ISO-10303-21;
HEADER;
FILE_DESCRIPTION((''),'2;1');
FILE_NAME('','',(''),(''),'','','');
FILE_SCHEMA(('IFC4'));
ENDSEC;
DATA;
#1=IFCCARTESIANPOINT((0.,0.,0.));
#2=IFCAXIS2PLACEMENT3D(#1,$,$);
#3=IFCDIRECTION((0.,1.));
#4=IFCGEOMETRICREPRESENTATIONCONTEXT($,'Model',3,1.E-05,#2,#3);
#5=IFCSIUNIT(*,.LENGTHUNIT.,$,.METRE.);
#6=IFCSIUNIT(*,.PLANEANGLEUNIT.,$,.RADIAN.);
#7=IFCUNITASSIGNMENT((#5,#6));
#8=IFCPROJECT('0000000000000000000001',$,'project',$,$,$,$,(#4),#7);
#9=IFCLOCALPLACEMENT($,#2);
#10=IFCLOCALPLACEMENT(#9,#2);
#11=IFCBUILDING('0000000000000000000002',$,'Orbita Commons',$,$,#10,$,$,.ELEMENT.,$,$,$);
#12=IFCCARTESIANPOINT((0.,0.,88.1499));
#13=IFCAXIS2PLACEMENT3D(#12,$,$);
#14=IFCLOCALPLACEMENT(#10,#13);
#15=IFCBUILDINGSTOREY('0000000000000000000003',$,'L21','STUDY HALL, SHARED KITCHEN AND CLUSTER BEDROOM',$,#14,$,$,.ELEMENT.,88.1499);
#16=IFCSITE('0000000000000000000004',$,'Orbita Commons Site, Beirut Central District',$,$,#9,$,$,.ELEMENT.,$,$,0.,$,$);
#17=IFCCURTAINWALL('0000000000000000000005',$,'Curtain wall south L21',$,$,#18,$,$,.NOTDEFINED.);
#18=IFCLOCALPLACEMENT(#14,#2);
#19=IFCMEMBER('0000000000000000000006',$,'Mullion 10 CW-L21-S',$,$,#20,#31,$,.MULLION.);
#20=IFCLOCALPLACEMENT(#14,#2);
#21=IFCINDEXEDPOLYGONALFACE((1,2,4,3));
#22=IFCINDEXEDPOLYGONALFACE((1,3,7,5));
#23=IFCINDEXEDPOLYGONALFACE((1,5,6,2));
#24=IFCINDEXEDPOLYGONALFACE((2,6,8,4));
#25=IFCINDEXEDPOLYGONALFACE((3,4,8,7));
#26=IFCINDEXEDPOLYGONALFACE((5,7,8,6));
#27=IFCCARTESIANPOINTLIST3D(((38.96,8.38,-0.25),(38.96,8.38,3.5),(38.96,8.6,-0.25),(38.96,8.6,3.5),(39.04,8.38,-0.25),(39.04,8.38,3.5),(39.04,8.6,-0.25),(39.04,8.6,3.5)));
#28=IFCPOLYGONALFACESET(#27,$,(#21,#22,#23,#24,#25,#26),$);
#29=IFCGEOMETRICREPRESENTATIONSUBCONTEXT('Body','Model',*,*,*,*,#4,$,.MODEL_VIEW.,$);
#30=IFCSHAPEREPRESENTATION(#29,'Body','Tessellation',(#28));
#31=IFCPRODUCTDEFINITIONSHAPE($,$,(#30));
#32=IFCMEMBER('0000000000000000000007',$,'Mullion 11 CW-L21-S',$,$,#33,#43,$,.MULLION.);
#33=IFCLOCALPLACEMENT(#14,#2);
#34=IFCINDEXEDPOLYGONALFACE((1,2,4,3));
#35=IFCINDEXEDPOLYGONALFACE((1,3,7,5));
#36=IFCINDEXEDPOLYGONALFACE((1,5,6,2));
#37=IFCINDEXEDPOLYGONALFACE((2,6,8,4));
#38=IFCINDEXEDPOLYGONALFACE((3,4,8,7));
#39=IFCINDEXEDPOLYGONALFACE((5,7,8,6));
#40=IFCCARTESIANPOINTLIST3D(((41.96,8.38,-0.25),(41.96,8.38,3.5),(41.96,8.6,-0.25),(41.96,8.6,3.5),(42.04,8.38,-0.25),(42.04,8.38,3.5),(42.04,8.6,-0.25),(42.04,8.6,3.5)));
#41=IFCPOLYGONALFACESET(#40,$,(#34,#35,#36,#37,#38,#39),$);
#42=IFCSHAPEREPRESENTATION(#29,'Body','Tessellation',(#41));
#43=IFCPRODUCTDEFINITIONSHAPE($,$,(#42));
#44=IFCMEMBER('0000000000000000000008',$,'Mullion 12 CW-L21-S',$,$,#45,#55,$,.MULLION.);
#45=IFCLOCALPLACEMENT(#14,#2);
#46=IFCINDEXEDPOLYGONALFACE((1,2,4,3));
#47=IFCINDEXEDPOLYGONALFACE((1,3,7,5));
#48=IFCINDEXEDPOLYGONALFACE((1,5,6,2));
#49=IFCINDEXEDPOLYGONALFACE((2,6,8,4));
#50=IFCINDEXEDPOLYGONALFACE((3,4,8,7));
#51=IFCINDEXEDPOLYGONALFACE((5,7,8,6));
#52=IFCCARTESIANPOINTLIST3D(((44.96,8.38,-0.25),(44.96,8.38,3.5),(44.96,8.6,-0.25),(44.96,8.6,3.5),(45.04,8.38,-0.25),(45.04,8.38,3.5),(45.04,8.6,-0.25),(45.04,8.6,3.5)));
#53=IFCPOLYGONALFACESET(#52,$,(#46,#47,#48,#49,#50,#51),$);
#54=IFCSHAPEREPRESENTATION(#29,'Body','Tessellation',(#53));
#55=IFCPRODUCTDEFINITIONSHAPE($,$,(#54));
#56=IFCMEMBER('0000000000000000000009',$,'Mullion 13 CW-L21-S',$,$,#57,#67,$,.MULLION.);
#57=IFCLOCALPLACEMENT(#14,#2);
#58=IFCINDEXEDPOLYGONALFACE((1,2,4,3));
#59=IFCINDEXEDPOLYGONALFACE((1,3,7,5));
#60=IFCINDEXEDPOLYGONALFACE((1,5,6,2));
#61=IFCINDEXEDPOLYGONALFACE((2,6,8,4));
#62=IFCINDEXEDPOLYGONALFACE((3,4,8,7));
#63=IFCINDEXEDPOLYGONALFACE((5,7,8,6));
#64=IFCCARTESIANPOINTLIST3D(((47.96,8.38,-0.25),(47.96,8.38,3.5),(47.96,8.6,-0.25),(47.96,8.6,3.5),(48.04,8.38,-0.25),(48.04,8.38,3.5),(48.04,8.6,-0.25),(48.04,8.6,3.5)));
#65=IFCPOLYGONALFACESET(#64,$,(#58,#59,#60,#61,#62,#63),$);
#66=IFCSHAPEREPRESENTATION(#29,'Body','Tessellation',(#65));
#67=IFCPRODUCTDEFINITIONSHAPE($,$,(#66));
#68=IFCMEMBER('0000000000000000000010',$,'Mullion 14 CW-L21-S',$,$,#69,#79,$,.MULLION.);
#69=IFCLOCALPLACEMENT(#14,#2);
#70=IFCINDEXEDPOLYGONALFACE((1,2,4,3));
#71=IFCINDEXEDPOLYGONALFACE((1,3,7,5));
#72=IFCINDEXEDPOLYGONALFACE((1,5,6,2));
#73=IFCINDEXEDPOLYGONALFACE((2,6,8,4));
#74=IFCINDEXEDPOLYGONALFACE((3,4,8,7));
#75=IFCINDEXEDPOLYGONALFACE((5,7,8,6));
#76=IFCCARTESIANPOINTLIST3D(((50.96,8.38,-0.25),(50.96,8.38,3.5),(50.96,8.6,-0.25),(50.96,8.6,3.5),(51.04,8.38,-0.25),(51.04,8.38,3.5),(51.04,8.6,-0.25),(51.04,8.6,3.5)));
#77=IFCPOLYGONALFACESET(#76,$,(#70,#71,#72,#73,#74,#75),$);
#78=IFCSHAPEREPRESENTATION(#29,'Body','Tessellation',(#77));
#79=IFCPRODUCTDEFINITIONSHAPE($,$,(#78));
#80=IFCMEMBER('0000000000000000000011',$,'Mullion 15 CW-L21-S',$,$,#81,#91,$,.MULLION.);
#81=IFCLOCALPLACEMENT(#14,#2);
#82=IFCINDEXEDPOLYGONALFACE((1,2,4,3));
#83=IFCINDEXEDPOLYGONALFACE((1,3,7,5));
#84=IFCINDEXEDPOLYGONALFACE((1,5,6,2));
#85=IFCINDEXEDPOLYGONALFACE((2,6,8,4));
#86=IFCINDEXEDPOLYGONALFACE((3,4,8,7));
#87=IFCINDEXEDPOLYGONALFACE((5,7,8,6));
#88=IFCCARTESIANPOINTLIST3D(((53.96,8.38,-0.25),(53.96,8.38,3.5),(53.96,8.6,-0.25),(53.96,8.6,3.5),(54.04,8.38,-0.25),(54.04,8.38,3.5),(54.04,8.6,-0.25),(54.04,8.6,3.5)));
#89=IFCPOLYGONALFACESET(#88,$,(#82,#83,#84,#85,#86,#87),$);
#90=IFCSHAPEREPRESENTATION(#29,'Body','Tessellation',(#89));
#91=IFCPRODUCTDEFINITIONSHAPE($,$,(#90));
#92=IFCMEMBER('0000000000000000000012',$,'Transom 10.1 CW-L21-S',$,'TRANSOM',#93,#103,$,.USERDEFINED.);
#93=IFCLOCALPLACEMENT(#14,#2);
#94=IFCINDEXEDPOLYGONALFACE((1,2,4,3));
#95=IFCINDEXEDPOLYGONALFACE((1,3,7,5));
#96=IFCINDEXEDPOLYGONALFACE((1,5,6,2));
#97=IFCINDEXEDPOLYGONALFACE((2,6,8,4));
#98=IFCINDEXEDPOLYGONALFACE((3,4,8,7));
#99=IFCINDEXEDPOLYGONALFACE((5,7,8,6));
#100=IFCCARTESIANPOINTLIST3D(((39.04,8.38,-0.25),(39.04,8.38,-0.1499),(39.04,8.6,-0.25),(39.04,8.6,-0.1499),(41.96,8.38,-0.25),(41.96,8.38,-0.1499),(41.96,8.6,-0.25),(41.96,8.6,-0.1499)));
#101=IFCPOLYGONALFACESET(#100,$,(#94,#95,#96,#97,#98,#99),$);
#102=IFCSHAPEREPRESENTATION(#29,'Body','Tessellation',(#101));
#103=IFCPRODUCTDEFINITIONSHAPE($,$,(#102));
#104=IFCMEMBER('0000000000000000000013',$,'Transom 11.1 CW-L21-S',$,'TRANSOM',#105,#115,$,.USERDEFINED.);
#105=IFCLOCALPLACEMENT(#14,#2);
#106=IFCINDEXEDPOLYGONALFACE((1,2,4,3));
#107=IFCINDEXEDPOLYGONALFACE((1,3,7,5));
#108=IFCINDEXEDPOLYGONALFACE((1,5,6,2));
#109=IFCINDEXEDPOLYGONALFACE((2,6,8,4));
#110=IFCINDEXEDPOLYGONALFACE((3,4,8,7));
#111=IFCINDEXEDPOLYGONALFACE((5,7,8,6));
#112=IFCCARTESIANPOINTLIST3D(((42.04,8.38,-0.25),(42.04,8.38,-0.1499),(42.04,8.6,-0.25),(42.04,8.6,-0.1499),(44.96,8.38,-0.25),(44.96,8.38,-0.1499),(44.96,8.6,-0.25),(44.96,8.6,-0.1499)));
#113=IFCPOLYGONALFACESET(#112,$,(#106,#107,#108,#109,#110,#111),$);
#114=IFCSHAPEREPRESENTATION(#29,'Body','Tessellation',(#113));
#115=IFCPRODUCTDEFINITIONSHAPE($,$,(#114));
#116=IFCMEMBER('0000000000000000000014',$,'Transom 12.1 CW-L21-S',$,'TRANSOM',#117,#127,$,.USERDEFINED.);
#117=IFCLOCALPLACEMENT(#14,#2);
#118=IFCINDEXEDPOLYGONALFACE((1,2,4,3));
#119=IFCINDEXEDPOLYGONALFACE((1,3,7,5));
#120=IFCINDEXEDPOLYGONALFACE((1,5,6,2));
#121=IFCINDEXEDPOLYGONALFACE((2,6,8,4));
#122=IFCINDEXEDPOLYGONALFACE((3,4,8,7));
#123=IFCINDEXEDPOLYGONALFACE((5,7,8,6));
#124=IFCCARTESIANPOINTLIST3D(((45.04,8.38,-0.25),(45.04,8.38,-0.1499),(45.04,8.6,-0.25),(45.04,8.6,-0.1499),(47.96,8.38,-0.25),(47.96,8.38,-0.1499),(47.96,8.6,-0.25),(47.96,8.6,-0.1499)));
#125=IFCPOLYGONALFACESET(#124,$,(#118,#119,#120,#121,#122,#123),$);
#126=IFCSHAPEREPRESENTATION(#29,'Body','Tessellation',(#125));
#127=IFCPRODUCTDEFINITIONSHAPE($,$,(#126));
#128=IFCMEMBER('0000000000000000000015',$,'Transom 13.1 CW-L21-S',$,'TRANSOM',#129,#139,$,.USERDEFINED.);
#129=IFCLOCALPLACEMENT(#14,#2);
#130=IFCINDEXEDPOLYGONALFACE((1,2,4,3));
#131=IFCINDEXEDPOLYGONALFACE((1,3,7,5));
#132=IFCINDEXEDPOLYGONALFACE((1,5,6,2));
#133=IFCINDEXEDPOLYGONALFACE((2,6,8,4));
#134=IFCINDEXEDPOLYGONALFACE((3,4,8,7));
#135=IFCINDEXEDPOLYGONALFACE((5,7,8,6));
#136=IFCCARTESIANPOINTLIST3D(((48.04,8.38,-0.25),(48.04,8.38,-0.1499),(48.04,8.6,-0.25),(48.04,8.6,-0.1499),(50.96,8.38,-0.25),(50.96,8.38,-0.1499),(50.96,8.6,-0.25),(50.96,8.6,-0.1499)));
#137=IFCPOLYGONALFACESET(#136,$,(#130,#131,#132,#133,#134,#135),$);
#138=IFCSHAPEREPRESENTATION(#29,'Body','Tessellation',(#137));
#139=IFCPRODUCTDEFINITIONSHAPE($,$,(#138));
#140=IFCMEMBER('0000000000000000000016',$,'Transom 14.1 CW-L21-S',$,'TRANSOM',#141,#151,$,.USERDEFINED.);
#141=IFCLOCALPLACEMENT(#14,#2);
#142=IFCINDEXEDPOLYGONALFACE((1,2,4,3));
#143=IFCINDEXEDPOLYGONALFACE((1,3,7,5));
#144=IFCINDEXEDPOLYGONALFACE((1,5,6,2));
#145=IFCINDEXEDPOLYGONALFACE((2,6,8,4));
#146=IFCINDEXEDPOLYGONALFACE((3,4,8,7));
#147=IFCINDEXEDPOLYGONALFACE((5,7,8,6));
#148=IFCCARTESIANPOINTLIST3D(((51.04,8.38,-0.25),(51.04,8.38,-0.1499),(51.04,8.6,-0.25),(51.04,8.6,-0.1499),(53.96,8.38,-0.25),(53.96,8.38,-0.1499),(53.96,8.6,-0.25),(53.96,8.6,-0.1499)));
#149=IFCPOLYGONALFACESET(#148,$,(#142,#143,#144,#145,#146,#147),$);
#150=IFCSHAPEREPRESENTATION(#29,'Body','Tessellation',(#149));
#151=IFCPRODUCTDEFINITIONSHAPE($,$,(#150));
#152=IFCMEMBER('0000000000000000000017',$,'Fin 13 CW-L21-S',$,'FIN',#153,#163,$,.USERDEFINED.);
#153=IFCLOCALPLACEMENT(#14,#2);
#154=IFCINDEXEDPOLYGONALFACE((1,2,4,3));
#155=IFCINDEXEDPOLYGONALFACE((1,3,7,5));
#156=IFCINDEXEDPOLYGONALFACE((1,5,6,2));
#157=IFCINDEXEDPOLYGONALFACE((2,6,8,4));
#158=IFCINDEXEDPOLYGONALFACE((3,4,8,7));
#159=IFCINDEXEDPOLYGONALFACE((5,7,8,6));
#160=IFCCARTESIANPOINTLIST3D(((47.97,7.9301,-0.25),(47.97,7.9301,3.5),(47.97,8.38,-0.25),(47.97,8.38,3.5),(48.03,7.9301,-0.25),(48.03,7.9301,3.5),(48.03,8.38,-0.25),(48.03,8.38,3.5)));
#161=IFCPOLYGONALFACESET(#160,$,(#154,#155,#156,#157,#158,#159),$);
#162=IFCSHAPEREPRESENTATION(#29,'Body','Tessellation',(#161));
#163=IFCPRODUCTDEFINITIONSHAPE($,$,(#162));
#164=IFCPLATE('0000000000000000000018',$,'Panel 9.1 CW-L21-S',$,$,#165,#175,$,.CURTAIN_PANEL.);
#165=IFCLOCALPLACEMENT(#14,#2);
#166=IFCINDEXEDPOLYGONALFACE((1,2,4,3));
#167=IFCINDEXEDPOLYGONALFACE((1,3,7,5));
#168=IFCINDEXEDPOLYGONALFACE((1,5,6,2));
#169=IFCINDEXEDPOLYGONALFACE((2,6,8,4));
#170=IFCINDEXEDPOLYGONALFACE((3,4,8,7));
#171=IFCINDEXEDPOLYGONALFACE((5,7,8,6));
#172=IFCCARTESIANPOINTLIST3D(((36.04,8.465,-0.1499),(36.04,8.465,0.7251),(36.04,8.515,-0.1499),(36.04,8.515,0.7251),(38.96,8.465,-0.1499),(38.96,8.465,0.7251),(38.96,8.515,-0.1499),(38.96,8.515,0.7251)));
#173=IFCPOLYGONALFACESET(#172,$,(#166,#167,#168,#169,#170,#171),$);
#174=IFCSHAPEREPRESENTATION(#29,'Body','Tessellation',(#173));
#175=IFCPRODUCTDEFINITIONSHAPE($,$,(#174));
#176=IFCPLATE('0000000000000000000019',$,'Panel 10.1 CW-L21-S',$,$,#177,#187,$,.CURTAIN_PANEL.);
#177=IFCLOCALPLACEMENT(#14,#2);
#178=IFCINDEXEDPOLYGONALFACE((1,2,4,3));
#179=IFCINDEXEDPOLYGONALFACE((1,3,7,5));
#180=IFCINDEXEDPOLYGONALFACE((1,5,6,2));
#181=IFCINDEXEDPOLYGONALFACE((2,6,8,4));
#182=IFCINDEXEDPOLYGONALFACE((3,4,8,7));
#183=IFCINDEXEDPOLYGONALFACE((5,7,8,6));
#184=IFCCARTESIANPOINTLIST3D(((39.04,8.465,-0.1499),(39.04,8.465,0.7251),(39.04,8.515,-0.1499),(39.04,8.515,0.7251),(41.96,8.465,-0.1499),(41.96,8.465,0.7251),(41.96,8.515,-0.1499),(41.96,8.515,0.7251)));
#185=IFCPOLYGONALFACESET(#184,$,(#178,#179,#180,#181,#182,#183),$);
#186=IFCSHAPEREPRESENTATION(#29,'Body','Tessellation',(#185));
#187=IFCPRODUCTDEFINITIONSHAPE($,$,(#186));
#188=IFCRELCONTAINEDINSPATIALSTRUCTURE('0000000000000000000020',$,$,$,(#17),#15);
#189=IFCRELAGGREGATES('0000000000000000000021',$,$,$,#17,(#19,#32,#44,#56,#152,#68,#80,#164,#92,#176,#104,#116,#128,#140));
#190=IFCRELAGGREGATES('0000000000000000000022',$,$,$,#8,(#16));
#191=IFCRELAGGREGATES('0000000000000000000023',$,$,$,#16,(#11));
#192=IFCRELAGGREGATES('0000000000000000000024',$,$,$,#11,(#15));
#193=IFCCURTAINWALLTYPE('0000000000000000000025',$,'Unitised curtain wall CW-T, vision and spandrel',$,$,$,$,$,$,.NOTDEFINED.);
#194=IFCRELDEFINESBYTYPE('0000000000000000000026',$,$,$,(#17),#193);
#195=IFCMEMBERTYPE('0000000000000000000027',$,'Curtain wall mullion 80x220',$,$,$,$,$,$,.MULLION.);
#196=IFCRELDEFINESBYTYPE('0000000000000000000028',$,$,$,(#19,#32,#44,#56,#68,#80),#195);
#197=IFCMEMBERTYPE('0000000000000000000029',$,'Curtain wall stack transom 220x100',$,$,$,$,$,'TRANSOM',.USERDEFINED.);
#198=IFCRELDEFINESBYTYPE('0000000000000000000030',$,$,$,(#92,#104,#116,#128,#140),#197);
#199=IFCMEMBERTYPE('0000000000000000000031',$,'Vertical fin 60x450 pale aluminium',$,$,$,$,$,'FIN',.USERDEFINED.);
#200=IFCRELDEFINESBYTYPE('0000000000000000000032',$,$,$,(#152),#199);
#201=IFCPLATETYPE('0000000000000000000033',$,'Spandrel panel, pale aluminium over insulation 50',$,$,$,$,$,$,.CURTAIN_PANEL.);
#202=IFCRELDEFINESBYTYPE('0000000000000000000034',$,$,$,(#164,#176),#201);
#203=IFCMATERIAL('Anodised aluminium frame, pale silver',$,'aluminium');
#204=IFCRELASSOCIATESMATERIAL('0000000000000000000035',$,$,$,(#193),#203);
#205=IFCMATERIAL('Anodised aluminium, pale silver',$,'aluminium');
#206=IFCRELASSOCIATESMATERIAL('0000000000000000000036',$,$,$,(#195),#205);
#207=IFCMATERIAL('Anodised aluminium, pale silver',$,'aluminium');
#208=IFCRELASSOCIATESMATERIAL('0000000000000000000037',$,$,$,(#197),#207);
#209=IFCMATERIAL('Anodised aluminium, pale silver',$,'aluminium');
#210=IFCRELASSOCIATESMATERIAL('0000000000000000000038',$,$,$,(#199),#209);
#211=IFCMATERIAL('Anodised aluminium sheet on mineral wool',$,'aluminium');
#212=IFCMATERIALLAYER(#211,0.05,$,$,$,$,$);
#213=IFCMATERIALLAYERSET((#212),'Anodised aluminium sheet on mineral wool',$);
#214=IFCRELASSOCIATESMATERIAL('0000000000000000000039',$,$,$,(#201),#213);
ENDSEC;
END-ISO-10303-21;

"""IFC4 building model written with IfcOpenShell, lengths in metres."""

from ifc_helpers import new_model, si_unit, direction, frame, origin, origin_2d, place, context, subcontext, project, spatial, rectangle, extrude, material, layer, layer_set, material_profile, profile_set, type_object, element, aggregate, save


model = new_model("IFC4")

# Units and contexts
model_context = context("Model", 3, precision=1e-05, world=origin(), true_north=direction((0.0, 1.0)))
body_context = subcontext(model_context, "Body", "Model", "MODEL_VIEW")
ifc_project = project(units=[si_unit("LENGTHUNIT", "METRE"), si_unit("PLANEANGLEUNIT", "RADIAN")], contexts=[model_context])

# Site, building, storey
site_placement = place(None, origin())
site = spatial("IfcSite", under=ifc_project, at=site_placement, Name="Orbita Commons Site, Beirut Central District", CompositionType="ELEMENT", RefElevation=0.0)
building_placement = place(site_placement, origin())
building = spatial("IfcBuilding", under=site, at=building_placement, Name="Orbita Commons", CompositionType="ELEMENT")
storey_placement = place(building_placement, frame((0.0, 0.0, 88.1499)))
storey = spatial("IfcBuildingStorey", under=building, at=storey_placement, Name="L21", Description="STUDY HALL, SHARED KITCHEN AND CLUSTER BEDROOM", CompositionType="ELEMENT", Elevation=88.1499)

# Curtain wall, members, plates
ifc_material_1 = material(Name="Anodised aluminium frame, pale silver", Category="aluminium")
curtain_wall_type = type_object("IfcCurtainWallType", Name="Unitised curtain wall CW-T, vision and spandrel", PredefinedType="NOTDEFINED", material=ifc_material_1)
curtain_wall_placement = place(storey_placement, origin())
curtain_wall = element("IfcCurtainWall", 1, at=curtain_wall_placement, inside=storey, type_object=curtain_wall_type, Name="Curtain wall south L21", PredefinedType="NOTDEFINED")
ifc_material_2 = material(Name="Anodised aluminium, pale silver", Category="aluminium")
ifc_material_profile_1 = material_profile(ifc_material_2, rectangle(XDim=0.0801, YDim=0.22, at=origin_2d()), Name="AL 80x220")
ifc_profile_set_1 = profile_set([ifc_material_profile_1], Name="Anodised aluminium, pale silver")
member_type_1 = type_object("IfcMemberType", Name="Curtain wall mullion 80x220", PredefinedType="MULLION", material=ifc_profile_set_1)
member_1_placement = place(storey_placement, frame((39.0, 8.49, -0.25), z_axis=(0.0, 0.0, 1.0), x_axis=(1.0, 0.0, 0.0)))
member_1 = element("IfcMember", 2, at=member_1_placement, type_object=member_type_1, Name="Mullion 10 CW-L21-S", PredefinedType="MULLION", context=body_context, shape_type="SweptSolid", body=[
    extrude(rectangle(XDim=0.0801, YDim=0.22, at=origin_2d()), origin(), (0.0, 0.0, 1.0), 3.75),
])
member_2_placement = place(storey_placement, frame((42.0, 8.49, -0.25), z_axis=(0.0, 0.0, 1.0), x_axis=(1.0, 0.0, 0.0)))
member_2 = element("IfcMember", 3, at=member_2_placement, type_object=member_type_1, Name="Mullion 11 CW-L21-S", PredefinedType="MULLION", context=body_context, shape_type="SweptSolid", body=[
    extrude(rectangle(XDim=0.0801, YDim=0.22, at=origin_2d()), origin(), (0.0, 0.0, 1.0), 3.75),
])
member_3_placement = place(storey_placement, frame((45.0, 8.49, -0.25), z_axis=(0.0, 0.0, 1.0), x_axis=(1.0, 0.0, 0.0)))
member_3 = element("IfcMember", 4, at=member_3_placement, type_object=member_type_1, Name="Mullion 12 CW-L21-S", PredefinedType="MULLION", context=body_context, shape_type="SweptSolid", body=[
    extrude(rectangle(XDim=0.0801, YDim=0.22, at=origin_2d()), origin(), (0.0, 0.0, 1.0), 3.75),
])
member_4_placement = place(storey_placement, frame((48.0, 8.49, -0.25), z_axis=(0.0, 0.0, 1.0), x_axis=(1.0, 0.0, 0.0)))
member_4 = element("IfcMember", 5, at=member_4_placement, type_object=member_type_1, Name="Mullion 13 CW-L21-S", PredefinedType="MULLION", context=body_context, shape_type="SweptSolid", body=[
    extrude(rectangle(XDim=0.0801, YDim=0.22, at=origin_2d()), origin(), (0.0, 0.0, 1.0), 3.75),
])
member_5_placement = place(storey_placement, frame((51.0, 8.49, -0.25), z_axis=(0.0, 0.0, 1.0), x_axis=(1.0, 0.0, 0.0)))
member_5 = element("IfcMember", 6, at=member_5_placement, type_object=member_type_1, Name="Mullion 14 CW-L21-S", PredefinedType="MULLION", context=body_context, shape_type="SweptSolid", body=[
    extrude(rectangle(XDim=0.0801, YDim=0.22, at=origin_2d()), origin(), (0.0, 0.0, 1.0), 3.75),
])
member_6_placement = place(storey_placement, frame((54.0, 8.49, -0.25), z_axis=(0.0, 0.0, 1.0), x_axis=(1.0, 0.0, 0.0)))
member_6 = element("IfcMember", 7, at=member_6_placement, type_object=member_type_1, Name="Mullion 15 CW-L21-S", PredefinedType="MULLION", context=body_context, shape_type="SweptSolid", body=[
    extrude(rectangle(XDim=0.0801, YDim=0.22, at=origin_2d()), origin(), (0.0, 0.0, 1.0), 3.75),
])
ifc_material_3 = material(Name="Anodised aluminium, pale silver", Category="aluminium")
ifc_material_profile_2 = material_profile(ifc_material_3, rectangle(XDim=0.22, YDim=0.1001, at=origin_2d()), Name="AL 220x100")
ifc_profile_set_2 = profile_set([ifc_material_profile_2], Name="Anodised aluminium, pale silver")
member_type_2 = type_object("IfcMemberType", Name="Curtain wall stack transom 220x100", ElementType="TRANSOM", PredefinedType="USERDEFINED", material=ifc_profile_set_2)
member_7_placement = place(storey_placement, frame((39.04, 8.49, -0.2), z_axis=(1.0, 0.0, 0.0), x_axis=(0.0, 1.0, 0.0)))
member_7 = element("IfcMember", 8, at=member_7_placement, type_object=member_type_2, Name="Transom 10.1 CW-L21-S", ObjectType="TRANSOM", PredefinedType="USERDEFINED", context=body_context, shape_type="SweptSolid", body=[
    extrude(rectangle(XDim=0.22, YDim=0.1001, at=origin_2d()), origin(), (0.0, 0.0, 1.0), 2.9199),
])
member_8_placement = place(storey_placement, frame((42.04, 8.49, -0.2), z_axis=(1.0, 0.0, 0.0), x_axis=(0.0, 1.0, 0.0)))
member_8 = element("IfcMember", 9, at=member_8_placement, type_object=member_type_2, Name="Transom 11.1 CW-L21-S", ObjectType="TRANSOM", PredefinedType="USERDEFINED", context=body_context, shape_type="SweptSolid", body=[
    extrude(rectangle(XDim=0.22, YDim=0.1001, at=origin_2d()), origin(), (0.0, 0.0, 1.0), 2.9199),
])
member_9_placement = place(storey_placement, frame((45.04, 8.49, -0.2), z_axis=(1.0, 0.0, 0.0), x_axis=(0.0, 1.0, 0.0)))
member_9 = element("IfcMember", 10, at=member_9_placement, type_object=member_type_2, Name="Transom 12.1 CW-L21-S", ObjectType="TRANSOM", PredefinedType="USERDEFINED", context=body_context, shape_type="SweptSolid", body=[
    extrude(rectangle(XDim=0.22, YDim=0.1001, at=origin_2d()), origin(), (0.0, 0.0, 1.0), 2.9199),
])
member_10_placement = place(storey_placement, frame((48.04, 8.49, -0.2), z_axis=(1.0, 0.0, 0.0), x_axis=(0.0, 1.0, 0.0)))
member_10 = element("IfcMember", 11, at=member_10_placement, type_object=member_type_2, Name="Transom 13.1 CW-L21-S", ObjectType="TRANSOM", PredefinedType="USERDEFINED", context=body_context, shape_type="SweptSolid", body=[
    extrude(rectangle(XDim=0.22, YDim=0.1001, at=origin_2d()), origin(), (0.0, 0.0, 1.0), 2.9199),
])
member_11_placement = place(storey_placement, frame((51.04, 8.49, -0.2), z_axis=(1.0, 0.0, 0.0), x_axis=(0.0, 1.0, 0.0)))
member_11 = element("IfcMember", 12, at=member_11_placement, type_object=member_type_2, Name="Transom 14.1 CW-L21-S", ObjectType="TRANSOM", PredefinedType="USERDEFINED", context=body_context, shape_type="SweptSolid", body=[
    extrude(rectangle(XDim=0.22, YDim=0.1001, at=origin_2d()), origin(), (0.0, 0.0, 1.0), 2.9199),
])
ifc_material_4 = material(Name="Anodised aluminium, pale silver", Category="aluminium")
ifc_material_profile_3 = material_profile(ifc_material_4, rectangle(XDim=0.0601, YDim=0.45, at=origin_2d()), Name="FIN 60x450")
ifc_profile_set_3 = profile_set([ifc_material_profile_3], Name="Anodised aluminium, pale silver")
member_type_3 = type_object("IfcMemberType", Name="Vertical fin 60x450 pale aluminium", ElementType="FIN", PredefinedType="USERDEFINED", material=ifc_profile_set_3)
member_12_placement = place(storey_placement, frame((48.0, 8.155, -0.25), z_axis=(0.0, 0.0, 1.0), x_axis=(1.0, 0.0, 0.0)))
member_12 = element("IfcMember", 13, at=member_12_placement, type_object=member_type_3, Name="Fin 13 CW-L21-S", ObjectType="FIN", PredefinedType="USERDEFINED", context=body_context, shape_type="SweptSolid", body=[
    extrude(rectangle(XDim=0.0601, YDim=0.45, at=origin_2d()), origin(), (0.0, 0.0, 1.0), 3.75),
])
ifc_material_5 = material(Name="Anodised aluminium sheet on mineral wool", Category="aluminium")
ifc_layer_1 = layer(ifc_material_5, 0.05)
ifc_layer_set_1 = layer_set([ifc_layer_1], Name="Anodised aluminium sheet on mineral wool")
plate_type_1 = type_object("IfcPlateType", Name="Spandrel panel, pale aluminium over insulation 50", PredefinedType="CURTAIN_PANEL", material=ifc_layer_set_1)
plate_1_placement = place(storey_placement, frame((37.5, 8.49, -0.1499), z_axis=(0.0, 0.0, 1.0), x_axis=(1.0, 0.0, 0.0)))
plate_1 = element("IfcPlate", 14, at=plate_1_placement, type_object=plate_type_1, Name="Panel 9.1 CW-L21-S", PredefinedType="CURTAIN_PANEL", context=body_context, shape_type="SweptSolid", body=[
    extrude(rectangle(XDim=2.9199, YDim=0.05, at=origin_2d()), origin(), (0.0, 0.0, 1.0), 0.875),
])
plate_2_placement = place(storey_placement, frame((40.5, 8.49, -0.1499), z_axis=(0.0, 0.0, 1.0), x_axis=(1.0, 0.0, 0.0)))
plate_2 = element("IfcPlate", 15, at=plate_2_placement, type_object=plate_type_1, Name="Panel 10.1 CW-L21-S", PredefinedType="CURTAIN_PANEL", context=body_context, shape_type="SweptSolid", body=[
    extrude(rectangle(XDim=2.9199, YDim=0.05, at=origin_2d()), origin(), (0.0, 0.0, 1.0), 0.875),
])
aggregate(curtain_wall, [member_1, member_2, member_3, member_4, member_12, member_5, member_6, plate_1, member_7, plate_2, member_8, member_9, member_10, member_11])

save(model, "model.ifc")
